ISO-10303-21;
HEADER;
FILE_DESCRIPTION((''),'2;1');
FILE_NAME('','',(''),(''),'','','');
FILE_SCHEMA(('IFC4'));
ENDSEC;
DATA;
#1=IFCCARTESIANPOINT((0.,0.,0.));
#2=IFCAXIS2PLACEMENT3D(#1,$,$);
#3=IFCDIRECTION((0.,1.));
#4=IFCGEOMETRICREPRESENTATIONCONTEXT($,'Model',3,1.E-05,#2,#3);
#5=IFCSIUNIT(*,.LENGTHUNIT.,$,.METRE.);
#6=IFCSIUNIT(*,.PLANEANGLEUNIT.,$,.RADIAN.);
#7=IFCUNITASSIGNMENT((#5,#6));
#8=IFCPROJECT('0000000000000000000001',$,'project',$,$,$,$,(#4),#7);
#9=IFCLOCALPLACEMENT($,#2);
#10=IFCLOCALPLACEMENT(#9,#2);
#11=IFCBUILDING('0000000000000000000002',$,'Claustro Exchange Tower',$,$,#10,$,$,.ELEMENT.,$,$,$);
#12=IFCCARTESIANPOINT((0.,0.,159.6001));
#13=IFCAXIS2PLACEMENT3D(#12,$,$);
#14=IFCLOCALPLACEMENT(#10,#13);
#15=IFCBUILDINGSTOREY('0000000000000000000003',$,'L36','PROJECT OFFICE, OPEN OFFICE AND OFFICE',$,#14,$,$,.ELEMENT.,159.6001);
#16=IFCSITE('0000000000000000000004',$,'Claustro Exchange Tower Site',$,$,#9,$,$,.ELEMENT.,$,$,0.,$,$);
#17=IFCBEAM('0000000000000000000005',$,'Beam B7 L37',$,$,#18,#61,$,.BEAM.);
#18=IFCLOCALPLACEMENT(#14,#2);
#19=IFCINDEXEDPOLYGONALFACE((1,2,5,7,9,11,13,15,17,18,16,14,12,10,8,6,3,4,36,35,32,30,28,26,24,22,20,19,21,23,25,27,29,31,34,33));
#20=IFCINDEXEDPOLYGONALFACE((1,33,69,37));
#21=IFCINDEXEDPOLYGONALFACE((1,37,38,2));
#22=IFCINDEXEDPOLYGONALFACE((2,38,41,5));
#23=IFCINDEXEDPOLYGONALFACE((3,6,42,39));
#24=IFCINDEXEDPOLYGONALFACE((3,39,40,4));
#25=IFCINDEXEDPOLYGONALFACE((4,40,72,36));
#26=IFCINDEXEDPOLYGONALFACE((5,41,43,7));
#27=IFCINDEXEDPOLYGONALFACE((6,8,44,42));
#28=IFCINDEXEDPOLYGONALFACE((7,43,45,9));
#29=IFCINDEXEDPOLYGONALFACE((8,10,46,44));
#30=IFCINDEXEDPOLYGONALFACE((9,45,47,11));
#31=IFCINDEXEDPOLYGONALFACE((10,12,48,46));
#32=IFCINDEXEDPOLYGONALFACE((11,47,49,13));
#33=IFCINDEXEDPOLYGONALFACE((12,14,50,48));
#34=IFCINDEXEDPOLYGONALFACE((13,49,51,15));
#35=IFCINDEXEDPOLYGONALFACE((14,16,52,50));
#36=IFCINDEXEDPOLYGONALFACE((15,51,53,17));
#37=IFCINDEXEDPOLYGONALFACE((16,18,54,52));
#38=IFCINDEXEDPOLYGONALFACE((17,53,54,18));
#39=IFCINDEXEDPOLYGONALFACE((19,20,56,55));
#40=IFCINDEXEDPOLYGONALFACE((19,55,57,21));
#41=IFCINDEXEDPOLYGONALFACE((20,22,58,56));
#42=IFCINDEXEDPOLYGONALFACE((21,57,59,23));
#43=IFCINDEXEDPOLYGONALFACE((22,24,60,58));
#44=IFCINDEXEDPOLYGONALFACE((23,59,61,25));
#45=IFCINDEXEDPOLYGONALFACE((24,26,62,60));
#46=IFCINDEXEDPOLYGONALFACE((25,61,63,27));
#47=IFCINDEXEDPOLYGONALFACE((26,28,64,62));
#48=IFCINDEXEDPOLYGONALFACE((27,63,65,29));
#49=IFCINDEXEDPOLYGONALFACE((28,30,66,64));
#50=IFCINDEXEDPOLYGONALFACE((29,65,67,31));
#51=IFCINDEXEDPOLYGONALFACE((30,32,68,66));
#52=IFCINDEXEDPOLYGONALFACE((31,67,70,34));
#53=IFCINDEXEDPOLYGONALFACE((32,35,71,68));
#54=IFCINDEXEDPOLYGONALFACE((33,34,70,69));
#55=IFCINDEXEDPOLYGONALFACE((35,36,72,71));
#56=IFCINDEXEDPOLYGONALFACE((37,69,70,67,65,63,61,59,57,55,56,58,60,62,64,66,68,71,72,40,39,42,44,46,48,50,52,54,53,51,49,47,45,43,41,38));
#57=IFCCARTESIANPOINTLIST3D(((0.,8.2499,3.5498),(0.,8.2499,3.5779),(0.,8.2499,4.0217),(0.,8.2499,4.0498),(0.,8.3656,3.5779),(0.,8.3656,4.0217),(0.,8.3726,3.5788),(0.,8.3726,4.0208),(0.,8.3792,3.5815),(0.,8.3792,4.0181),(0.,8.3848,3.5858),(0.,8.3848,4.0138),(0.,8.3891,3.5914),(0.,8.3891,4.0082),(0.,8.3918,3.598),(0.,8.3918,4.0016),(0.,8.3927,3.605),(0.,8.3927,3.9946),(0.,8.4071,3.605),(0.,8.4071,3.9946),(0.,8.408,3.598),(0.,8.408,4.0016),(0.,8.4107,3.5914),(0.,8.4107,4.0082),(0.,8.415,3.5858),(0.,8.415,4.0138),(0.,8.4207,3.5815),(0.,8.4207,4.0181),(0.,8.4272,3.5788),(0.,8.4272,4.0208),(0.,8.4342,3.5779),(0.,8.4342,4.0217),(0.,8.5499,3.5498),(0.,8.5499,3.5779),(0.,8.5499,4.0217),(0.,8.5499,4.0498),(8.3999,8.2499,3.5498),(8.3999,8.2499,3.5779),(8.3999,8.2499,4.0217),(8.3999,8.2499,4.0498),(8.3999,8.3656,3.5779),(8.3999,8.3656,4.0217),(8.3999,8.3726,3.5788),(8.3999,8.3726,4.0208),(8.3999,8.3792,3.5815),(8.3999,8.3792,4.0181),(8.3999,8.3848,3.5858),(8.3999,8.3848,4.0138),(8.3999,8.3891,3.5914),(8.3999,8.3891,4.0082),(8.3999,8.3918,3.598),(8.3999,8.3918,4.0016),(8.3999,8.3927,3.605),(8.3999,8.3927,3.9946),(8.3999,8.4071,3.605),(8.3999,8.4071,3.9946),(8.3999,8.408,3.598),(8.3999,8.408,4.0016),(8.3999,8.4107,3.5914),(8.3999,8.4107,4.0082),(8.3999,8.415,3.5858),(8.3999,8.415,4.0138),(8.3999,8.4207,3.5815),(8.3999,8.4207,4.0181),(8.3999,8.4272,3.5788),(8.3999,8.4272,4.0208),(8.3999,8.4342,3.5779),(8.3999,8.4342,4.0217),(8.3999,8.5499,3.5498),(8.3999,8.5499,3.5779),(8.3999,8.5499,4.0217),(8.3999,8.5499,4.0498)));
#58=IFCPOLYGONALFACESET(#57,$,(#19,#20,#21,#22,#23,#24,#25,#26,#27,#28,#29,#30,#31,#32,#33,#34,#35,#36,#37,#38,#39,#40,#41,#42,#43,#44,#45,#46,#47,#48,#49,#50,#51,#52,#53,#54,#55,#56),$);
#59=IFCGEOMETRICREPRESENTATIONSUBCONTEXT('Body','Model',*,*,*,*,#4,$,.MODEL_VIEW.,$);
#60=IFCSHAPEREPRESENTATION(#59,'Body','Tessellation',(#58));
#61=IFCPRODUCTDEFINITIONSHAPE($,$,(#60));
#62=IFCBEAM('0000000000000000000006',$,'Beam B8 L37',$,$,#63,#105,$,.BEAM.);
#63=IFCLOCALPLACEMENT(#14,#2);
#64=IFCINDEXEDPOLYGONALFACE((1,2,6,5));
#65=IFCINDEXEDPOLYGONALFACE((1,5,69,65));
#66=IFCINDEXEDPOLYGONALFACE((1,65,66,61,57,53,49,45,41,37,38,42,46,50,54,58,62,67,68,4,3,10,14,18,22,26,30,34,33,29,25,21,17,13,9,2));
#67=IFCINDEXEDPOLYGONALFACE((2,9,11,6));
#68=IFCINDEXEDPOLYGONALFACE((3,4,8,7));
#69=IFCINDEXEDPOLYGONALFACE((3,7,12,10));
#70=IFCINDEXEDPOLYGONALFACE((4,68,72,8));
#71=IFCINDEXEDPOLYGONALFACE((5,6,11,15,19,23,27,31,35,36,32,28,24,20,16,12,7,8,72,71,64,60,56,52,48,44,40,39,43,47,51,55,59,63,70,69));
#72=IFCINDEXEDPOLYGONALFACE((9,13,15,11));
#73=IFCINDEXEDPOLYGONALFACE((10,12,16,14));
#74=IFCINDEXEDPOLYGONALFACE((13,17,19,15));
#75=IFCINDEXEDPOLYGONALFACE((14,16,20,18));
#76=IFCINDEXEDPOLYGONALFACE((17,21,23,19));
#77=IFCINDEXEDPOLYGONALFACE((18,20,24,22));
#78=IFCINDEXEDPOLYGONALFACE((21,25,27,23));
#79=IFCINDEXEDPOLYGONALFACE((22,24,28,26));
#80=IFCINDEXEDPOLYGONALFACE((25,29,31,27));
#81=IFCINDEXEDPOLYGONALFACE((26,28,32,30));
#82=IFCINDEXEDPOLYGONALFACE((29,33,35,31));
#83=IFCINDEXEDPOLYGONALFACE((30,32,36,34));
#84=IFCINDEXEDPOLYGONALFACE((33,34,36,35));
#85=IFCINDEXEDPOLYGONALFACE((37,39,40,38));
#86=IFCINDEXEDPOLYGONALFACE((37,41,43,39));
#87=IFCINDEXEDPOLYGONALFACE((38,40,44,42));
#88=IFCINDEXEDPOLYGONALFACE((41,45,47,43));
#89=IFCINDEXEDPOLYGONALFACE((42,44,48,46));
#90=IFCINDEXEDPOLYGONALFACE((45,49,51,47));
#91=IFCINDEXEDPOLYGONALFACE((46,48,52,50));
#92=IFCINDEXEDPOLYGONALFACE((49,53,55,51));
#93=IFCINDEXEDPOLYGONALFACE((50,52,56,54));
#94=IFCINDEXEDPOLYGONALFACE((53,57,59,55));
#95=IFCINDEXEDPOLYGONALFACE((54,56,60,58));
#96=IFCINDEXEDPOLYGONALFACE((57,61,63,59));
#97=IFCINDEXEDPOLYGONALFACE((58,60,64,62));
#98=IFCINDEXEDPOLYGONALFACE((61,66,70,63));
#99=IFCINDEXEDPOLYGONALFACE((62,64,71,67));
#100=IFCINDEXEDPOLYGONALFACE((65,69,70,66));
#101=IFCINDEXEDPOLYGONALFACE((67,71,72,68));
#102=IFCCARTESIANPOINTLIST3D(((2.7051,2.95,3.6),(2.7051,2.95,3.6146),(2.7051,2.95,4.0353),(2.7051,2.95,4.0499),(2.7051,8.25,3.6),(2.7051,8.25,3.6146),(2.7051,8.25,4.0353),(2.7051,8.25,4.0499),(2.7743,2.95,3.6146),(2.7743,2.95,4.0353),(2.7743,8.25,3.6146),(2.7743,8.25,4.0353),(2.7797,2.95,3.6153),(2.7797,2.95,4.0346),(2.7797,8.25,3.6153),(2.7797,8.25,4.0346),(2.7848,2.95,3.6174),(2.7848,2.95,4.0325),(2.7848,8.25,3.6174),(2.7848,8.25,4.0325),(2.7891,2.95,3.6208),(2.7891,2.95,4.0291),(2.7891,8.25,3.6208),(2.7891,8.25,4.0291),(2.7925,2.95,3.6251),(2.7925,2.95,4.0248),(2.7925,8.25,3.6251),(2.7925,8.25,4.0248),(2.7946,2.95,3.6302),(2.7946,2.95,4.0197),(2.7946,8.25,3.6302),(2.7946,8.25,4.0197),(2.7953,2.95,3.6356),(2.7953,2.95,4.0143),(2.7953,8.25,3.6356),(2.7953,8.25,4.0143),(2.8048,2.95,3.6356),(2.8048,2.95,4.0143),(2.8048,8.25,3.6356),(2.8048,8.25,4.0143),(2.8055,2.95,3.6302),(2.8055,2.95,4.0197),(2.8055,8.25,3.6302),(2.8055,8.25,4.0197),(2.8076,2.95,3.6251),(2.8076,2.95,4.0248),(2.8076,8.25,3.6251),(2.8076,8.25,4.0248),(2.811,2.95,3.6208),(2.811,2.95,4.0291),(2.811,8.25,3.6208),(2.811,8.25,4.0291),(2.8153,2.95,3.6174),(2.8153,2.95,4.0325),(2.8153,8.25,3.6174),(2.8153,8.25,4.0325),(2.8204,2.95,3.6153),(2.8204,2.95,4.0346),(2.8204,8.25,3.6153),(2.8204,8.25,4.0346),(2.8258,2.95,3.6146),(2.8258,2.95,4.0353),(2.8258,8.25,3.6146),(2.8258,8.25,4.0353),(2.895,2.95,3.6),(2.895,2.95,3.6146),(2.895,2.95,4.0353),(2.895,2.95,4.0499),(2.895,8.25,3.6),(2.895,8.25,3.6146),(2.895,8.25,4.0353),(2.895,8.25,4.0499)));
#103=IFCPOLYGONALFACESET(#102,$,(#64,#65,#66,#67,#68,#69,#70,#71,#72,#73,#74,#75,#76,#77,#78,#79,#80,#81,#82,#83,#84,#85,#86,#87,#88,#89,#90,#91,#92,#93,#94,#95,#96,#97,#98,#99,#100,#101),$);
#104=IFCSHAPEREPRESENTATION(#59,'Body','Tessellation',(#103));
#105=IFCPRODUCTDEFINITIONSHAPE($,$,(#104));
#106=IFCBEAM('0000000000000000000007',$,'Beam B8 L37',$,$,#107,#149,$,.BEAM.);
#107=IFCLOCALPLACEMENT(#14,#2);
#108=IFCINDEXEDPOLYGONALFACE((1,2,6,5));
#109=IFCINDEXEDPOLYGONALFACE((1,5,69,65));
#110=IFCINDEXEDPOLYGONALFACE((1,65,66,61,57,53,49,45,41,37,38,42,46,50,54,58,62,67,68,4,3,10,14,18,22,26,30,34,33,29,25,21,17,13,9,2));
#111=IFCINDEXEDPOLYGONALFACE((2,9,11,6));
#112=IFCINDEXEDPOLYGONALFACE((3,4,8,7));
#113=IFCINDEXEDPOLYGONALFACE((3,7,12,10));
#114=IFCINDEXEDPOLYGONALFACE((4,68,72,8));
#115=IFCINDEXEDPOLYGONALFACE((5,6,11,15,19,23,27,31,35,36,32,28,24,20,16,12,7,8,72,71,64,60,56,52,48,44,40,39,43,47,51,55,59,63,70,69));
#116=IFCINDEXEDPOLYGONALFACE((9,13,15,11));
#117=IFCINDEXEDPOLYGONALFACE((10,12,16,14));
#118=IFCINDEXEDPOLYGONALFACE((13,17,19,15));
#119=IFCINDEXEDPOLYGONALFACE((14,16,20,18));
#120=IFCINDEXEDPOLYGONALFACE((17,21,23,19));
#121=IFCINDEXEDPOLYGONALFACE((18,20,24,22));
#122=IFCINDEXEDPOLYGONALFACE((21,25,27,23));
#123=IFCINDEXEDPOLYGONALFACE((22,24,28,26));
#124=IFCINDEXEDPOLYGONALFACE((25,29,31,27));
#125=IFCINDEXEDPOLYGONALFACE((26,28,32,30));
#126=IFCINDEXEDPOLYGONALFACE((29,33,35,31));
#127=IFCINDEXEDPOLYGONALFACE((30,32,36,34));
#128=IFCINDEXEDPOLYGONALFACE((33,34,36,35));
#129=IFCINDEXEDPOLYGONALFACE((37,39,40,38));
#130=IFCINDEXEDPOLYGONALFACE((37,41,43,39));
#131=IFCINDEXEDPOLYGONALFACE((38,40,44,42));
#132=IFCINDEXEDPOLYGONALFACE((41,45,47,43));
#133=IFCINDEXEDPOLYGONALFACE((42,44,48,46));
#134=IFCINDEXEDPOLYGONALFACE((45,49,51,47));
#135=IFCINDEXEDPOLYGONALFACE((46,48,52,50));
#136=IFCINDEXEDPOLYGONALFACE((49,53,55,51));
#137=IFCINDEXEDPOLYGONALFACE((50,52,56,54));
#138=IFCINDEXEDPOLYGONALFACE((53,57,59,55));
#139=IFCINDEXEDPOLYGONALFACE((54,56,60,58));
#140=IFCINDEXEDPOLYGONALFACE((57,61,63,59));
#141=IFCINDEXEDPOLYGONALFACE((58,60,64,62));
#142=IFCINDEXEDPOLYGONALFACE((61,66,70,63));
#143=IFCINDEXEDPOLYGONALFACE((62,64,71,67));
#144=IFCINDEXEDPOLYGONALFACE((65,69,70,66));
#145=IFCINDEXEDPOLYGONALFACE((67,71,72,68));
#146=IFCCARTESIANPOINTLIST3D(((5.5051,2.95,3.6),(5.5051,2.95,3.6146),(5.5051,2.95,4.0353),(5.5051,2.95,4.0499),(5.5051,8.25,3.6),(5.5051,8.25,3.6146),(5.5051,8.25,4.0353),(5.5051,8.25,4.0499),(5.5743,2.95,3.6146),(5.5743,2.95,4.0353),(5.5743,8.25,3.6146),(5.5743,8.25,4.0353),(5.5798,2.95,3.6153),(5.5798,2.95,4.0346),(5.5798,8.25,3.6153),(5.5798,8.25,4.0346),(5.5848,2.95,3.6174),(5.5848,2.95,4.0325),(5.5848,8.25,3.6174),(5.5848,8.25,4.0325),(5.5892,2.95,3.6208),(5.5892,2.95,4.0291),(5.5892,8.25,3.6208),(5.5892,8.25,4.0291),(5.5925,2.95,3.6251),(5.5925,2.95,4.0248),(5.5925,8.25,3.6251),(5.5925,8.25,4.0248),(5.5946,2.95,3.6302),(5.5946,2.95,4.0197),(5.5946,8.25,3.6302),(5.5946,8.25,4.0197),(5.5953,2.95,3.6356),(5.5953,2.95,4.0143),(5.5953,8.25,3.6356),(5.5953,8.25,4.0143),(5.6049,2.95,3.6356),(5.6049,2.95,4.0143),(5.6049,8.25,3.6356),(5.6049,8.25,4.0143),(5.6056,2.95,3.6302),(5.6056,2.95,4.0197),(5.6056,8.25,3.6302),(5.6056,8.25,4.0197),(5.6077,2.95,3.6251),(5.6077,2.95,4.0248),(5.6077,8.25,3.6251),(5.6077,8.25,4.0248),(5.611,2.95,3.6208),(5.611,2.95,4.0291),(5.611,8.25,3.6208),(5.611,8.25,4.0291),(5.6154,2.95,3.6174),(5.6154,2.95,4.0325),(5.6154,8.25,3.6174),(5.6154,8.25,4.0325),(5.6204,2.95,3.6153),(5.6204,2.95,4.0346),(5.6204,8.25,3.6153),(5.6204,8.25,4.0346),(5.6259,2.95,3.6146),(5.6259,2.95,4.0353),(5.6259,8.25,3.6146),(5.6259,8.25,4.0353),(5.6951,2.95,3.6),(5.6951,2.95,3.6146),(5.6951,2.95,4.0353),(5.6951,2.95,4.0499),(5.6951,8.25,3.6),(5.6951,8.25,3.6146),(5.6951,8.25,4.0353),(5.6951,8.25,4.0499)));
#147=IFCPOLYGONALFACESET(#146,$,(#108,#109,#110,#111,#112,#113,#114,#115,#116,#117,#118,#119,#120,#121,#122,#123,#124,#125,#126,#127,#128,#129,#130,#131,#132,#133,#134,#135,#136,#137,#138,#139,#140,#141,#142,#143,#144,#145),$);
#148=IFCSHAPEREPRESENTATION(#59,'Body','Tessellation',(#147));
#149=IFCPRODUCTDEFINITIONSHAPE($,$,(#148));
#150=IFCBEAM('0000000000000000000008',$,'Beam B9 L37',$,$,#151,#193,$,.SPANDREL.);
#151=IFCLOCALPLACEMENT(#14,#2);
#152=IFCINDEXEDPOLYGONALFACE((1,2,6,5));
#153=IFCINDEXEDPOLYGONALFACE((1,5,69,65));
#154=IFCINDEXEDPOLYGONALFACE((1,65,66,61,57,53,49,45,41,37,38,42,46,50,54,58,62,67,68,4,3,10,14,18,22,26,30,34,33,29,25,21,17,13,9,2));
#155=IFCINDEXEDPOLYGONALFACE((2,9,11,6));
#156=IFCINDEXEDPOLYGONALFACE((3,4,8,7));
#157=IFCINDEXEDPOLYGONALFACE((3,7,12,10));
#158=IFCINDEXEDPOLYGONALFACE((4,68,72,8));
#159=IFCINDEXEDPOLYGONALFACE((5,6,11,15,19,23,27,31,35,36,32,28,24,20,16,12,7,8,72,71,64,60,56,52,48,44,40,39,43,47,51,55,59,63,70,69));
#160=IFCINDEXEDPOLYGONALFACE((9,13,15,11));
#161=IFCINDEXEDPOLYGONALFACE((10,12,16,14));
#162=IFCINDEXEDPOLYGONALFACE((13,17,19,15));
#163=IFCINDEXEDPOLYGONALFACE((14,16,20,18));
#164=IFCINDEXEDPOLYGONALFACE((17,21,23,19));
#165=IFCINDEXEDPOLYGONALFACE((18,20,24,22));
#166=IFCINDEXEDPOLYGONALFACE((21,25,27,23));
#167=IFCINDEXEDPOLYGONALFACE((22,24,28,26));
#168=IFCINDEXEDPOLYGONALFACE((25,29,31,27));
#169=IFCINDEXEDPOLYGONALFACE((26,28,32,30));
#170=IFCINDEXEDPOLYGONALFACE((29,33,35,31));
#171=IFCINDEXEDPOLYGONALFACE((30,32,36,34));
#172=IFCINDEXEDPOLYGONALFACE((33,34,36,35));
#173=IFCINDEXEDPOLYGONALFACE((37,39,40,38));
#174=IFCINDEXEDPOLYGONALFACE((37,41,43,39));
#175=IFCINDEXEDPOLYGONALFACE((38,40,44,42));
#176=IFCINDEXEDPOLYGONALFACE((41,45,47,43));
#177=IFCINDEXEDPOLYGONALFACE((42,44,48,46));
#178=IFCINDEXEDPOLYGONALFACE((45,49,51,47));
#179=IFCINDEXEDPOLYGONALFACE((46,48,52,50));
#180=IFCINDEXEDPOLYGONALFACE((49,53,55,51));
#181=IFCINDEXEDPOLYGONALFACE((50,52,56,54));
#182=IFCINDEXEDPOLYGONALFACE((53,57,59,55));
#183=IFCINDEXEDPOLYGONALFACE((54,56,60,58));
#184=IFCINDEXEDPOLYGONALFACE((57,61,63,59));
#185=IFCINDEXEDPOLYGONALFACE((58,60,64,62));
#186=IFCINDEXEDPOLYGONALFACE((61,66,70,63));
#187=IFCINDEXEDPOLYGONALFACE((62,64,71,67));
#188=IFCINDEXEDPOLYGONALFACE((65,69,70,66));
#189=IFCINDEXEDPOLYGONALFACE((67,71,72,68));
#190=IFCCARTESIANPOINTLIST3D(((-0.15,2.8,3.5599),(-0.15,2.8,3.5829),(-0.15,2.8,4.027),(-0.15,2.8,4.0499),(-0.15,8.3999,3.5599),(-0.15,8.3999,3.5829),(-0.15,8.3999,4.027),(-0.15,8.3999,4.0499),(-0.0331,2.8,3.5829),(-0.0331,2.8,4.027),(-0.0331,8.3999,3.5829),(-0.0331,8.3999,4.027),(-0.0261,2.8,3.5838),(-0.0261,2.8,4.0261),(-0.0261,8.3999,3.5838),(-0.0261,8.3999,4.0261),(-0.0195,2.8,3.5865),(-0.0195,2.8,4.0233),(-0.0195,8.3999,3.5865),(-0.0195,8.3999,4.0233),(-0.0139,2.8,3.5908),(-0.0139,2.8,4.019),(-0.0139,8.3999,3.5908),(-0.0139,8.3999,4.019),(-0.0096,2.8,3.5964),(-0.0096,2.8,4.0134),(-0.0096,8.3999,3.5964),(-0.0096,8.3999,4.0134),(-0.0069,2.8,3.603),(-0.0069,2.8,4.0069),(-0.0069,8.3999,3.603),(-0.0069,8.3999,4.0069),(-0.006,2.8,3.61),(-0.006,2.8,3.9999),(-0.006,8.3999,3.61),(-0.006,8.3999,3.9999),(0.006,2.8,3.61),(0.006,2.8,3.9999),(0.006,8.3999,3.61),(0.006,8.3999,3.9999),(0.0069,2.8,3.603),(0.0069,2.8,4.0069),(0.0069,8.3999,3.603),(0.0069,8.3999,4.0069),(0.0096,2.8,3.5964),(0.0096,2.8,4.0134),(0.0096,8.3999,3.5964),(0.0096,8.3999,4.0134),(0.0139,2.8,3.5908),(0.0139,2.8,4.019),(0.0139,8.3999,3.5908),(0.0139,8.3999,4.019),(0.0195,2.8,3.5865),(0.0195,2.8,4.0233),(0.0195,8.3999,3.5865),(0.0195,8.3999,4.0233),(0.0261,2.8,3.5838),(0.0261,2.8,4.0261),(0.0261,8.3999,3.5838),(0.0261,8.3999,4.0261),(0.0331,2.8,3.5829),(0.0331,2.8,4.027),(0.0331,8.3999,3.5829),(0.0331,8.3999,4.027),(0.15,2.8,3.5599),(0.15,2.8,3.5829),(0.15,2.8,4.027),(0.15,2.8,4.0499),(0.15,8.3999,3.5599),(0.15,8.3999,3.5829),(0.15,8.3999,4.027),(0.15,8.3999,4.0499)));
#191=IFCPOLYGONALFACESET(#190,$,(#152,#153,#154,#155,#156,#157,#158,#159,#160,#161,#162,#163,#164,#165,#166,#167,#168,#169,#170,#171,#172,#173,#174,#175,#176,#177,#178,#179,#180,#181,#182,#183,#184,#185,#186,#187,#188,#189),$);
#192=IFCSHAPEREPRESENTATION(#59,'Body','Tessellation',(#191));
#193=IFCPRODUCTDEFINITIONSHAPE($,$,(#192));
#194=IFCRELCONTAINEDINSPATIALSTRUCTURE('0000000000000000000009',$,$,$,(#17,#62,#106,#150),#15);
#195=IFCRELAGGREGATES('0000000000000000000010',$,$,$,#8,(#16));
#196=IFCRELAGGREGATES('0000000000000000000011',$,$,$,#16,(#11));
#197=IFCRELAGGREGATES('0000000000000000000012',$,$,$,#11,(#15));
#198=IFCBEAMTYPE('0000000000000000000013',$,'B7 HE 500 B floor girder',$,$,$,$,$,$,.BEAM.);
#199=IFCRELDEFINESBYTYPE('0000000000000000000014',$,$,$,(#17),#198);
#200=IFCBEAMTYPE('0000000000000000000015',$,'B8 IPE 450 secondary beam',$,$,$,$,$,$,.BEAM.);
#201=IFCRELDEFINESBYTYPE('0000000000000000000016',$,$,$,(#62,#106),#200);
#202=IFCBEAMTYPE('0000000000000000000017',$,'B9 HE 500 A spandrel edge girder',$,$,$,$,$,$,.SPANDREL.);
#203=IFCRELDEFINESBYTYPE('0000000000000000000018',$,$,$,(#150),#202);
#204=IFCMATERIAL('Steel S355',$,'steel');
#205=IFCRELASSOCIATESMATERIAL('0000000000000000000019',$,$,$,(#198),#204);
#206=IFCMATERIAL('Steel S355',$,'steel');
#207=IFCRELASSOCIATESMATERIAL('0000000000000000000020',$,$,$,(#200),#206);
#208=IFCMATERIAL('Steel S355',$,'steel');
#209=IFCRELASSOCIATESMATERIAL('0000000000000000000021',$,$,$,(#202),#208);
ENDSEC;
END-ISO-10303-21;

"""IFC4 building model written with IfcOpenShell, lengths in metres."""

from ifc_helpers import new_model, si_unit, direction, frame, origin, origin_2d, place, context, subcontext, project, spatial, i_section, extrude, material, material_profile, profile_set, type_object, element, save


model = new_model("IFC4")

# Units and contexts
model_context = context("Model", 3, precision=1e-05, world=origin(), true_north=direction((0.0, 1.0)))
body_context = subcontext(model_context, "Body", "Model", "MODEL_VIEW")
ifc_project = project(units=[si_unit("LENGTHUNIT", "METRE"), si_unit("PLANEANGLEUNIT", "RADIAN")], contexts=[model_context])

# Site, building, storey
site_placement = place(None, origin())
site = spatial("IfcSite", under=ifc_project, at=site_placement, Name="Claustro Exchange Tower Site", CompositionType="ELEMENT", RefElevation=0.0)
building_placement = place(site_placement, origin())
building = spatial("IfcBuilding", under=site, at=building_placement, Name="Claustro Exchange Tower", CompositionType="ELEMENT")
storey_placement = place(building_placement, frame((0.0, 0.0, 159.6001)))
storey = spatial("IfcBuildingStorey", under=building, at=storey_placement, Name="L36", Description="PROJECT OFFICE, OPEN OFFICE AND OFFICE", CompositionType="ELEMENT", Elevation=159.6001)

# Beams
ifc_material_1 = material(Name="Steel S355", Category="steel")
ifc_material_profile_1 = material_profile(ifc_material_1, i_section(OverallWidth=0.3, OverallDepth=0.5, WebThickness=0.0144, FlangeThickness=0.0281, FilletRadius=0.0271, at=origin_2d()), Name="HE 500 B")
ifc_profile_set_1 = profile_set([ifc_material_profile_1], Name="Steel S355")
beam_type_1 = type_object("IfcBeamType", Name="B7 HE 500 B floor girder", PredefinedType="BEAM", material=ifc_profile_set_1)
beam_1_placement = place(storey_placement, frame((0.0, 8.3999, 3.7998), z_axis=(1.0, 0.0, 0.0), x_axis=(0.0, 1.0, 0.0)))
element("IfcBeam", 1, at=beam_1_placement, inside=storey, type_object=beam_type_1, Name="Beam B7 L37", PredefinedType="BEAM", context=body_context, shape_type="SweptSolid", body=[
    extrude(i_section(OverallWidth=0.3, OverallDepth=0.5, WebThickness=0.0144, FlangeThickness=0.0281, FilletRadius=0.0271, at=origin_2d()), origin(), (0.0, 0.0, 1.0), 8.3999),
])
ifc_material_2 = material(Name="Steel S355", Category="steel")
ifc_material_profile_2 = material_profile(ifc_material_2, i_section(OverallWidth=0.1899, OverallDepth=0.45, WebThickness=0.0095, FlangeThickness=0.0146, FilletRadius=0.021, at=origin_2d()), Name="IPE 450")
ifc_profile_set_2 = profile_set([ifc_material_profile_2], Name="Steel S355")
beam_type_2 = type_object("IfcBeamType", Name="B8 IPE 450 secondary beam", PredefinedType="BEAM", material=ifc_profile_set_2)
for number, where, z_axis, x_axis, name in (
    (2, (2.8, 2.95, 3.825), (0.0, 1.0, 0.0), (-1.0, 0.0, 0.0), "Beam B8 L37"),
    (3, (5.6001, 2.95, 3.825), (0.0, 1.0, 0.0), (-1.0, 0.0, 0.0), "Beam B8 L37"),
):
    element("IfcBeam", number, at=place(storey_placement, frame(where, z_axis=z_axis, x_axis=x_axis)), inside=storey, type_object=beam_type_2, Name=name, PredefinedType="BEAM", context=body_context, shape_type="SweptSolid", body=[
        extrude(i_section(OverallWidth=0.1899, OverallDepth=0.45, WebThickness=0.0095, FlangeThickness=0.0146, FilletRadius=0.021, at=origin_2d()), origin(), (0.0, 0.0, 1.0), 5.3),
    ])
ifc_material_3 = material(Name="Steel S355", Category="steel")
ifc_material_profile_3 = material_profile(ifc_material_3, i_section(OverallWidth=0.3, OverallDepth=0.49, WebThickness=0.012, FlangeThickness=0.0229, FilletRadius=0.0271, at=origin_2d()), Name="HE 500 A")
ifc_profile_set_3 = profile_set([ifc_material_profile_3], Name="Steel S355")
beam_type_3 = type_object("IfcBeamType", Name="B9 HE 500 A spandrel edge girder", PredefinedType="SPANDREL", material=ifc_profile_set_3)
beam_2_placement = place(storey_placement, frame((0.0, 2.8, 3.8049), z_axis=(0.0, 1.0, 0.0), x_axis=(-1.0, 0.0, 0.0)))
element("IfcBeam", 4, at=beam_2_placement, inside=storey, type_object=beam_type_3, Name="Beam B9 L37", PredefinedType="SPANDREL", context=body_context, shape_type="SweptSolid", body=[
    extrude(i_section(OverallWidth=0.3, OverallDepth=0.49, WebThickness=0.012, FlangeThickness=0.0229, FilletRadius=0.0271, at=origin_2d()), origin(), (0.0, 0.0, 1.0), 5.5999),
])

save(model, "model.ifc")
